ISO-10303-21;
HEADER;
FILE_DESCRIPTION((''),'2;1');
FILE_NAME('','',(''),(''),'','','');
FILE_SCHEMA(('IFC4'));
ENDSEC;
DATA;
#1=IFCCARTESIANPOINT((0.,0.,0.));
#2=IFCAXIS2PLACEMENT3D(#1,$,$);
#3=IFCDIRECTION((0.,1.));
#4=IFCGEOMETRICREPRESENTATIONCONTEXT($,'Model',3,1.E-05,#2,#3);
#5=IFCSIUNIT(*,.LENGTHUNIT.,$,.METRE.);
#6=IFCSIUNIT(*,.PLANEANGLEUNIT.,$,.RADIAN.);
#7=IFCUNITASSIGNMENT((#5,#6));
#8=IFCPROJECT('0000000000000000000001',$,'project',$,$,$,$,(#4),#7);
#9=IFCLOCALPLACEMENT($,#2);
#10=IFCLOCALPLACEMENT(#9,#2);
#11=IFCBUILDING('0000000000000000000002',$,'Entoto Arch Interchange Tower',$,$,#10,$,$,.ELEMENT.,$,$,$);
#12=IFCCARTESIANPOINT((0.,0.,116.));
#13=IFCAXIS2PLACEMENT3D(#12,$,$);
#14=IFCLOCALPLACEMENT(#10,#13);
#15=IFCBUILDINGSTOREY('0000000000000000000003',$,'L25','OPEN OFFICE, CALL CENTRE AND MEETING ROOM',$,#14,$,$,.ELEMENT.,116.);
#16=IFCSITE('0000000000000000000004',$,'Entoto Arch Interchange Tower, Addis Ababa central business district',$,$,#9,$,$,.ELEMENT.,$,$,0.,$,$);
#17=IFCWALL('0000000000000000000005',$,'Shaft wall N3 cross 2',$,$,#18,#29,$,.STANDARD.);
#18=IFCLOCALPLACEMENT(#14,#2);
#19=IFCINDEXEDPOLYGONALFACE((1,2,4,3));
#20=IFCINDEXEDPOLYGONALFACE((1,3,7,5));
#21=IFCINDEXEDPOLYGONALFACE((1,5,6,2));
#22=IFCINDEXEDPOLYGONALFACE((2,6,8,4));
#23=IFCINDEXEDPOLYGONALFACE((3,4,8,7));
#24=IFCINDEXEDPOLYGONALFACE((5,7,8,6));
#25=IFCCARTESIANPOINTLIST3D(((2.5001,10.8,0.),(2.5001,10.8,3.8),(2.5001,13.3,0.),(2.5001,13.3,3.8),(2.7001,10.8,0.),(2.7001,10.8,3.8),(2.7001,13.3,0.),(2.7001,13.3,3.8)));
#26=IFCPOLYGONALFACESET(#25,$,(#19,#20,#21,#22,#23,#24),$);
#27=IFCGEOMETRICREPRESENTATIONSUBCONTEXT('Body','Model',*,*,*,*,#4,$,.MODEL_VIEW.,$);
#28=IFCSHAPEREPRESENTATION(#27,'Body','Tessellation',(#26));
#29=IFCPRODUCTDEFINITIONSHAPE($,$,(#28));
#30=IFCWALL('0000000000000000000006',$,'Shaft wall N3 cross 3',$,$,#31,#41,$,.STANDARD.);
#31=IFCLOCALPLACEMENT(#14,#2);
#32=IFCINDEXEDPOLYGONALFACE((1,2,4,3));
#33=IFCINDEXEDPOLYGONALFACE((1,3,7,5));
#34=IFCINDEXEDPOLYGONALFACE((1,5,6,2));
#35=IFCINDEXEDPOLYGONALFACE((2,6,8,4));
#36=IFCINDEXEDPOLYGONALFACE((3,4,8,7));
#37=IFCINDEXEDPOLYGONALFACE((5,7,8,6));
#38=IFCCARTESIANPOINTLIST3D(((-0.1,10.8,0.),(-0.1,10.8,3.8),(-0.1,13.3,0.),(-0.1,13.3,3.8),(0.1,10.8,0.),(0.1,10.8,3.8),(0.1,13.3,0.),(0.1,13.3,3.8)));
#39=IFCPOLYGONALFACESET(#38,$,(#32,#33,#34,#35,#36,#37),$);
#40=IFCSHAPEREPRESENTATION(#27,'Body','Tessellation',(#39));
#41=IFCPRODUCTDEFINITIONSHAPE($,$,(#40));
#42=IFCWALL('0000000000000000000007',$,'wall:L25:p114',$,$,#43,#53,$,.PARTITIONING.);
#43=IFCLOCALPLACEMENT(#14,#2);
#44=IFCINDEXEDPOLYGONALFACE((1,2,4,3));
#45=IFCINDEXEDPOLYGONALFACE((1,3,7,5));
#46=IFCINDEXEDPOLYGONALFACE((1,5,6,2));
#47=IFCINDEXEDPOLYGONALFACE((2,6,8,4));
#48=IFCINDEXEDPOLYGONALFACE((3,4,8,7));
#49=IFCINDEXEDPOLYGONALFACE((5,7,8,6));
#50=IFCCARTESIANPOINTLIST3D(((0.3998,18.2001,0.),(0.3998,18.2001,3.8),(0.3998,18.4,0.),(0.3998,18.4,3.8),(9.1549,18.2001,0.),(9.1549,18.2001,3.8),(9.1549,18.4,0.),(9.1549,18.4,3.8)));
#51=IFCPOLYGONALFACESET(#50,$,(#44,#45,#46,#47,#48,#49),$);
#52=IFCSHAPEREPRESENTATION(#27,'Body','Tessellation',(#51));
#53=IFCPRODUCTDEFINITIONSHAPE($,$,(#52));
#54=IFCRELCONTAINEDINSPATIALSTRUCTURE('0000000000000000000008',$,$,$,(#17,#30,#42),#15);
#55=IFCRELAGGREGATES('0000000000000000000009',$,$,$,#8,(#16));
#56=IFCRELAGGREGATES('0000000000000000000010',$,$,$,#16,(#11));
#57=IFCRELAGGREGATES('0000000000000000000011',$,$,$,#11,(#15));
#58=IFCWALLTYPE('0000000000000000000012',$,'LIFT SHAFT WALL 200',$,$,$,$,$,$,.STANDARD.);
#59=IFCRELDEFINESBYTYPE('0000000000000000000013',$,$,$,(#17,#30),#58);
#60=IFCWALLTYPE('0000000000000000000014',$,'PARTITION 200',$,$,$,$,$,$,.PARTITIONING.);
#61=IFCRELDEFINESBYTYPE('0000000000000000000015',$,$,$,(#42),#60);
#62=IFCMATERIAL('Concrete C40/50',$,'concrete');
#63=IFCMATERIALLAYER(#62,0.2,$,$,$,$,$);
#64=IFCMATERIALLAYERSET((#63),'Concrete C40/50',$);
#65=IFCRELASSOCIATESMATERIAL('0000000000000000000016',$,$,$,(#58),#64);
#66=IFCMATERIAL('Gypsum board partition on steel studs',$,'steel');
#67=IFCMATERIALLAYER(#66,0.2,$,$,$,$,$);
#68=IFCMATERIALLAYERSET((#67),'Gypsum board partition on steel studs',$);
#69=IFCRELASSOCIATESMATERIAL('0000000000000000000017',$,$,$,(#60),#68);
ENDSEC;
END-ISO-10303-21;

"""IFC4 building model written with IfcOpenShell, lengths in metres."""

from ifc_helpers import new_model, si_unit, direction, frame, frame_2d, origin, place, context, subcontext, project, spatial, rectangle, extrude, material, layer, layer_set, type_object, element, save


model = new_model("IFC4")

# Units and contexts
model_context = context("Model", 3, precision=1e-05, world=origin(), true_north=direction((0.0, 1.0)))
body_context = subcontext(model_context, "Body", "Model", "MODEL_VIEW")
ifc_project = project(units=[si_unit("LENGTHUNIT", "METRE"), si_unit("PLANEANGLEUNIT", "RADIAN")], contexts=[model_context])

# Site, building, storey
site_placement = place(None, origin())
site = spatial("IfcSite", under=ifc_project, at=site_placement, Name="Entoto Arch Interchange Tower, Addis Ababa central business district", CompositionType="ELEMENT", RefElevation=0.0)
building_placement = place(site_placement, origin())
building = spatial("IfcBuilding", under=site, at=building_placement, Name="Entoto Arch Interchange Tower", CompositionType="ELEMENT")
storey_placement = place(building_placement, frame((0.0, 0.0, 116.0)))
storey = spatial("IfcBuildingStorey", under=building, at=storey_placement, Name="L25", Description="OPEN OFFICE, CALL CENTRE AND MEETING ROOM", CompositionType="ELEMENT", Elevation=116.0)

# Shared definitions
ifc_material_1 = material(Name="Concrete C40/50", Category="concrete")

# Walls
ifc_layer_1 = layer(ifc_material_1, 0.2)
ifc_layer_set_1 = layer_set([ifc_layer_1], Name="Concrete C40/50")
wall_type_1 = type_object("IfcWallType", Name="LIFT SHAFT WALL 200", PredefinedType="STANDARD", material=ifc_layer_set_1)
for number, where, z_axis, x_axis, name in (
    (1, (2.6001, 10.8, 0.0), (0.0, 0.0, 1.0), (0.0, 1.0, 0.0), "Shaft wall N3 cross 2"),
    (2, (0.0, 10.8, 0.0), (0.0, 0.0, 1.0), (0.0, 1.0, 0.0), "Shaft wall N3 cross 3"),
):
    element("IfcWall", number, at=place(storey_placement, frame(where, z_axis=z_axis, x_axis=x_axis)), inside=storey, type_object=wall_type_1, Name=name, PredefinedType="STANDARD", context=body_context, shape_type="SweptSolid", body=[
        extrude(rectangle(XDim=2.5, YDim=0.2, at=frame_2d((1.25, 0.0))), origin(), (0.0, 0.0, 1.0), 3.8),
    ])
ifc_material_2 = material(Name="Gypsum board partition on steel studs", Category="steel")
ifc_layer_2 = layer(ifc_material_2, 0.2)
ifc_layer_set_2 = layer_set([ifc_layer_2], Name="Gypsum board partition on steel studs")
wall_type_2 = type_object("IfcWallType", Name="PARTITION 200", PredefinedType="PARTITIONING", material=ifc_layer_set_2)
wall_1_placement = place(storey_placement, frame((0.3999, 18.3, 0.0), z_axis=(0.0, 0.0, 1.0), x_axis=(1.0, 0.0, 0.0)))
element("IfcWall", 3, at=wall_1_placement, inside=storey, type_object=wall_type_2, Name="wall:L25:p114", PredefinedType="PARTITIONING", context=body_context, shape_type="SweptSolid", body=[
    extrude(rectangle(XDim=8.7551, YDim=0.2, at=frame_2d((4.3774, 0.0))), origin(), (0.0, 0.0, 1.0), 3.8),
])

save(model, "model.ifc")
